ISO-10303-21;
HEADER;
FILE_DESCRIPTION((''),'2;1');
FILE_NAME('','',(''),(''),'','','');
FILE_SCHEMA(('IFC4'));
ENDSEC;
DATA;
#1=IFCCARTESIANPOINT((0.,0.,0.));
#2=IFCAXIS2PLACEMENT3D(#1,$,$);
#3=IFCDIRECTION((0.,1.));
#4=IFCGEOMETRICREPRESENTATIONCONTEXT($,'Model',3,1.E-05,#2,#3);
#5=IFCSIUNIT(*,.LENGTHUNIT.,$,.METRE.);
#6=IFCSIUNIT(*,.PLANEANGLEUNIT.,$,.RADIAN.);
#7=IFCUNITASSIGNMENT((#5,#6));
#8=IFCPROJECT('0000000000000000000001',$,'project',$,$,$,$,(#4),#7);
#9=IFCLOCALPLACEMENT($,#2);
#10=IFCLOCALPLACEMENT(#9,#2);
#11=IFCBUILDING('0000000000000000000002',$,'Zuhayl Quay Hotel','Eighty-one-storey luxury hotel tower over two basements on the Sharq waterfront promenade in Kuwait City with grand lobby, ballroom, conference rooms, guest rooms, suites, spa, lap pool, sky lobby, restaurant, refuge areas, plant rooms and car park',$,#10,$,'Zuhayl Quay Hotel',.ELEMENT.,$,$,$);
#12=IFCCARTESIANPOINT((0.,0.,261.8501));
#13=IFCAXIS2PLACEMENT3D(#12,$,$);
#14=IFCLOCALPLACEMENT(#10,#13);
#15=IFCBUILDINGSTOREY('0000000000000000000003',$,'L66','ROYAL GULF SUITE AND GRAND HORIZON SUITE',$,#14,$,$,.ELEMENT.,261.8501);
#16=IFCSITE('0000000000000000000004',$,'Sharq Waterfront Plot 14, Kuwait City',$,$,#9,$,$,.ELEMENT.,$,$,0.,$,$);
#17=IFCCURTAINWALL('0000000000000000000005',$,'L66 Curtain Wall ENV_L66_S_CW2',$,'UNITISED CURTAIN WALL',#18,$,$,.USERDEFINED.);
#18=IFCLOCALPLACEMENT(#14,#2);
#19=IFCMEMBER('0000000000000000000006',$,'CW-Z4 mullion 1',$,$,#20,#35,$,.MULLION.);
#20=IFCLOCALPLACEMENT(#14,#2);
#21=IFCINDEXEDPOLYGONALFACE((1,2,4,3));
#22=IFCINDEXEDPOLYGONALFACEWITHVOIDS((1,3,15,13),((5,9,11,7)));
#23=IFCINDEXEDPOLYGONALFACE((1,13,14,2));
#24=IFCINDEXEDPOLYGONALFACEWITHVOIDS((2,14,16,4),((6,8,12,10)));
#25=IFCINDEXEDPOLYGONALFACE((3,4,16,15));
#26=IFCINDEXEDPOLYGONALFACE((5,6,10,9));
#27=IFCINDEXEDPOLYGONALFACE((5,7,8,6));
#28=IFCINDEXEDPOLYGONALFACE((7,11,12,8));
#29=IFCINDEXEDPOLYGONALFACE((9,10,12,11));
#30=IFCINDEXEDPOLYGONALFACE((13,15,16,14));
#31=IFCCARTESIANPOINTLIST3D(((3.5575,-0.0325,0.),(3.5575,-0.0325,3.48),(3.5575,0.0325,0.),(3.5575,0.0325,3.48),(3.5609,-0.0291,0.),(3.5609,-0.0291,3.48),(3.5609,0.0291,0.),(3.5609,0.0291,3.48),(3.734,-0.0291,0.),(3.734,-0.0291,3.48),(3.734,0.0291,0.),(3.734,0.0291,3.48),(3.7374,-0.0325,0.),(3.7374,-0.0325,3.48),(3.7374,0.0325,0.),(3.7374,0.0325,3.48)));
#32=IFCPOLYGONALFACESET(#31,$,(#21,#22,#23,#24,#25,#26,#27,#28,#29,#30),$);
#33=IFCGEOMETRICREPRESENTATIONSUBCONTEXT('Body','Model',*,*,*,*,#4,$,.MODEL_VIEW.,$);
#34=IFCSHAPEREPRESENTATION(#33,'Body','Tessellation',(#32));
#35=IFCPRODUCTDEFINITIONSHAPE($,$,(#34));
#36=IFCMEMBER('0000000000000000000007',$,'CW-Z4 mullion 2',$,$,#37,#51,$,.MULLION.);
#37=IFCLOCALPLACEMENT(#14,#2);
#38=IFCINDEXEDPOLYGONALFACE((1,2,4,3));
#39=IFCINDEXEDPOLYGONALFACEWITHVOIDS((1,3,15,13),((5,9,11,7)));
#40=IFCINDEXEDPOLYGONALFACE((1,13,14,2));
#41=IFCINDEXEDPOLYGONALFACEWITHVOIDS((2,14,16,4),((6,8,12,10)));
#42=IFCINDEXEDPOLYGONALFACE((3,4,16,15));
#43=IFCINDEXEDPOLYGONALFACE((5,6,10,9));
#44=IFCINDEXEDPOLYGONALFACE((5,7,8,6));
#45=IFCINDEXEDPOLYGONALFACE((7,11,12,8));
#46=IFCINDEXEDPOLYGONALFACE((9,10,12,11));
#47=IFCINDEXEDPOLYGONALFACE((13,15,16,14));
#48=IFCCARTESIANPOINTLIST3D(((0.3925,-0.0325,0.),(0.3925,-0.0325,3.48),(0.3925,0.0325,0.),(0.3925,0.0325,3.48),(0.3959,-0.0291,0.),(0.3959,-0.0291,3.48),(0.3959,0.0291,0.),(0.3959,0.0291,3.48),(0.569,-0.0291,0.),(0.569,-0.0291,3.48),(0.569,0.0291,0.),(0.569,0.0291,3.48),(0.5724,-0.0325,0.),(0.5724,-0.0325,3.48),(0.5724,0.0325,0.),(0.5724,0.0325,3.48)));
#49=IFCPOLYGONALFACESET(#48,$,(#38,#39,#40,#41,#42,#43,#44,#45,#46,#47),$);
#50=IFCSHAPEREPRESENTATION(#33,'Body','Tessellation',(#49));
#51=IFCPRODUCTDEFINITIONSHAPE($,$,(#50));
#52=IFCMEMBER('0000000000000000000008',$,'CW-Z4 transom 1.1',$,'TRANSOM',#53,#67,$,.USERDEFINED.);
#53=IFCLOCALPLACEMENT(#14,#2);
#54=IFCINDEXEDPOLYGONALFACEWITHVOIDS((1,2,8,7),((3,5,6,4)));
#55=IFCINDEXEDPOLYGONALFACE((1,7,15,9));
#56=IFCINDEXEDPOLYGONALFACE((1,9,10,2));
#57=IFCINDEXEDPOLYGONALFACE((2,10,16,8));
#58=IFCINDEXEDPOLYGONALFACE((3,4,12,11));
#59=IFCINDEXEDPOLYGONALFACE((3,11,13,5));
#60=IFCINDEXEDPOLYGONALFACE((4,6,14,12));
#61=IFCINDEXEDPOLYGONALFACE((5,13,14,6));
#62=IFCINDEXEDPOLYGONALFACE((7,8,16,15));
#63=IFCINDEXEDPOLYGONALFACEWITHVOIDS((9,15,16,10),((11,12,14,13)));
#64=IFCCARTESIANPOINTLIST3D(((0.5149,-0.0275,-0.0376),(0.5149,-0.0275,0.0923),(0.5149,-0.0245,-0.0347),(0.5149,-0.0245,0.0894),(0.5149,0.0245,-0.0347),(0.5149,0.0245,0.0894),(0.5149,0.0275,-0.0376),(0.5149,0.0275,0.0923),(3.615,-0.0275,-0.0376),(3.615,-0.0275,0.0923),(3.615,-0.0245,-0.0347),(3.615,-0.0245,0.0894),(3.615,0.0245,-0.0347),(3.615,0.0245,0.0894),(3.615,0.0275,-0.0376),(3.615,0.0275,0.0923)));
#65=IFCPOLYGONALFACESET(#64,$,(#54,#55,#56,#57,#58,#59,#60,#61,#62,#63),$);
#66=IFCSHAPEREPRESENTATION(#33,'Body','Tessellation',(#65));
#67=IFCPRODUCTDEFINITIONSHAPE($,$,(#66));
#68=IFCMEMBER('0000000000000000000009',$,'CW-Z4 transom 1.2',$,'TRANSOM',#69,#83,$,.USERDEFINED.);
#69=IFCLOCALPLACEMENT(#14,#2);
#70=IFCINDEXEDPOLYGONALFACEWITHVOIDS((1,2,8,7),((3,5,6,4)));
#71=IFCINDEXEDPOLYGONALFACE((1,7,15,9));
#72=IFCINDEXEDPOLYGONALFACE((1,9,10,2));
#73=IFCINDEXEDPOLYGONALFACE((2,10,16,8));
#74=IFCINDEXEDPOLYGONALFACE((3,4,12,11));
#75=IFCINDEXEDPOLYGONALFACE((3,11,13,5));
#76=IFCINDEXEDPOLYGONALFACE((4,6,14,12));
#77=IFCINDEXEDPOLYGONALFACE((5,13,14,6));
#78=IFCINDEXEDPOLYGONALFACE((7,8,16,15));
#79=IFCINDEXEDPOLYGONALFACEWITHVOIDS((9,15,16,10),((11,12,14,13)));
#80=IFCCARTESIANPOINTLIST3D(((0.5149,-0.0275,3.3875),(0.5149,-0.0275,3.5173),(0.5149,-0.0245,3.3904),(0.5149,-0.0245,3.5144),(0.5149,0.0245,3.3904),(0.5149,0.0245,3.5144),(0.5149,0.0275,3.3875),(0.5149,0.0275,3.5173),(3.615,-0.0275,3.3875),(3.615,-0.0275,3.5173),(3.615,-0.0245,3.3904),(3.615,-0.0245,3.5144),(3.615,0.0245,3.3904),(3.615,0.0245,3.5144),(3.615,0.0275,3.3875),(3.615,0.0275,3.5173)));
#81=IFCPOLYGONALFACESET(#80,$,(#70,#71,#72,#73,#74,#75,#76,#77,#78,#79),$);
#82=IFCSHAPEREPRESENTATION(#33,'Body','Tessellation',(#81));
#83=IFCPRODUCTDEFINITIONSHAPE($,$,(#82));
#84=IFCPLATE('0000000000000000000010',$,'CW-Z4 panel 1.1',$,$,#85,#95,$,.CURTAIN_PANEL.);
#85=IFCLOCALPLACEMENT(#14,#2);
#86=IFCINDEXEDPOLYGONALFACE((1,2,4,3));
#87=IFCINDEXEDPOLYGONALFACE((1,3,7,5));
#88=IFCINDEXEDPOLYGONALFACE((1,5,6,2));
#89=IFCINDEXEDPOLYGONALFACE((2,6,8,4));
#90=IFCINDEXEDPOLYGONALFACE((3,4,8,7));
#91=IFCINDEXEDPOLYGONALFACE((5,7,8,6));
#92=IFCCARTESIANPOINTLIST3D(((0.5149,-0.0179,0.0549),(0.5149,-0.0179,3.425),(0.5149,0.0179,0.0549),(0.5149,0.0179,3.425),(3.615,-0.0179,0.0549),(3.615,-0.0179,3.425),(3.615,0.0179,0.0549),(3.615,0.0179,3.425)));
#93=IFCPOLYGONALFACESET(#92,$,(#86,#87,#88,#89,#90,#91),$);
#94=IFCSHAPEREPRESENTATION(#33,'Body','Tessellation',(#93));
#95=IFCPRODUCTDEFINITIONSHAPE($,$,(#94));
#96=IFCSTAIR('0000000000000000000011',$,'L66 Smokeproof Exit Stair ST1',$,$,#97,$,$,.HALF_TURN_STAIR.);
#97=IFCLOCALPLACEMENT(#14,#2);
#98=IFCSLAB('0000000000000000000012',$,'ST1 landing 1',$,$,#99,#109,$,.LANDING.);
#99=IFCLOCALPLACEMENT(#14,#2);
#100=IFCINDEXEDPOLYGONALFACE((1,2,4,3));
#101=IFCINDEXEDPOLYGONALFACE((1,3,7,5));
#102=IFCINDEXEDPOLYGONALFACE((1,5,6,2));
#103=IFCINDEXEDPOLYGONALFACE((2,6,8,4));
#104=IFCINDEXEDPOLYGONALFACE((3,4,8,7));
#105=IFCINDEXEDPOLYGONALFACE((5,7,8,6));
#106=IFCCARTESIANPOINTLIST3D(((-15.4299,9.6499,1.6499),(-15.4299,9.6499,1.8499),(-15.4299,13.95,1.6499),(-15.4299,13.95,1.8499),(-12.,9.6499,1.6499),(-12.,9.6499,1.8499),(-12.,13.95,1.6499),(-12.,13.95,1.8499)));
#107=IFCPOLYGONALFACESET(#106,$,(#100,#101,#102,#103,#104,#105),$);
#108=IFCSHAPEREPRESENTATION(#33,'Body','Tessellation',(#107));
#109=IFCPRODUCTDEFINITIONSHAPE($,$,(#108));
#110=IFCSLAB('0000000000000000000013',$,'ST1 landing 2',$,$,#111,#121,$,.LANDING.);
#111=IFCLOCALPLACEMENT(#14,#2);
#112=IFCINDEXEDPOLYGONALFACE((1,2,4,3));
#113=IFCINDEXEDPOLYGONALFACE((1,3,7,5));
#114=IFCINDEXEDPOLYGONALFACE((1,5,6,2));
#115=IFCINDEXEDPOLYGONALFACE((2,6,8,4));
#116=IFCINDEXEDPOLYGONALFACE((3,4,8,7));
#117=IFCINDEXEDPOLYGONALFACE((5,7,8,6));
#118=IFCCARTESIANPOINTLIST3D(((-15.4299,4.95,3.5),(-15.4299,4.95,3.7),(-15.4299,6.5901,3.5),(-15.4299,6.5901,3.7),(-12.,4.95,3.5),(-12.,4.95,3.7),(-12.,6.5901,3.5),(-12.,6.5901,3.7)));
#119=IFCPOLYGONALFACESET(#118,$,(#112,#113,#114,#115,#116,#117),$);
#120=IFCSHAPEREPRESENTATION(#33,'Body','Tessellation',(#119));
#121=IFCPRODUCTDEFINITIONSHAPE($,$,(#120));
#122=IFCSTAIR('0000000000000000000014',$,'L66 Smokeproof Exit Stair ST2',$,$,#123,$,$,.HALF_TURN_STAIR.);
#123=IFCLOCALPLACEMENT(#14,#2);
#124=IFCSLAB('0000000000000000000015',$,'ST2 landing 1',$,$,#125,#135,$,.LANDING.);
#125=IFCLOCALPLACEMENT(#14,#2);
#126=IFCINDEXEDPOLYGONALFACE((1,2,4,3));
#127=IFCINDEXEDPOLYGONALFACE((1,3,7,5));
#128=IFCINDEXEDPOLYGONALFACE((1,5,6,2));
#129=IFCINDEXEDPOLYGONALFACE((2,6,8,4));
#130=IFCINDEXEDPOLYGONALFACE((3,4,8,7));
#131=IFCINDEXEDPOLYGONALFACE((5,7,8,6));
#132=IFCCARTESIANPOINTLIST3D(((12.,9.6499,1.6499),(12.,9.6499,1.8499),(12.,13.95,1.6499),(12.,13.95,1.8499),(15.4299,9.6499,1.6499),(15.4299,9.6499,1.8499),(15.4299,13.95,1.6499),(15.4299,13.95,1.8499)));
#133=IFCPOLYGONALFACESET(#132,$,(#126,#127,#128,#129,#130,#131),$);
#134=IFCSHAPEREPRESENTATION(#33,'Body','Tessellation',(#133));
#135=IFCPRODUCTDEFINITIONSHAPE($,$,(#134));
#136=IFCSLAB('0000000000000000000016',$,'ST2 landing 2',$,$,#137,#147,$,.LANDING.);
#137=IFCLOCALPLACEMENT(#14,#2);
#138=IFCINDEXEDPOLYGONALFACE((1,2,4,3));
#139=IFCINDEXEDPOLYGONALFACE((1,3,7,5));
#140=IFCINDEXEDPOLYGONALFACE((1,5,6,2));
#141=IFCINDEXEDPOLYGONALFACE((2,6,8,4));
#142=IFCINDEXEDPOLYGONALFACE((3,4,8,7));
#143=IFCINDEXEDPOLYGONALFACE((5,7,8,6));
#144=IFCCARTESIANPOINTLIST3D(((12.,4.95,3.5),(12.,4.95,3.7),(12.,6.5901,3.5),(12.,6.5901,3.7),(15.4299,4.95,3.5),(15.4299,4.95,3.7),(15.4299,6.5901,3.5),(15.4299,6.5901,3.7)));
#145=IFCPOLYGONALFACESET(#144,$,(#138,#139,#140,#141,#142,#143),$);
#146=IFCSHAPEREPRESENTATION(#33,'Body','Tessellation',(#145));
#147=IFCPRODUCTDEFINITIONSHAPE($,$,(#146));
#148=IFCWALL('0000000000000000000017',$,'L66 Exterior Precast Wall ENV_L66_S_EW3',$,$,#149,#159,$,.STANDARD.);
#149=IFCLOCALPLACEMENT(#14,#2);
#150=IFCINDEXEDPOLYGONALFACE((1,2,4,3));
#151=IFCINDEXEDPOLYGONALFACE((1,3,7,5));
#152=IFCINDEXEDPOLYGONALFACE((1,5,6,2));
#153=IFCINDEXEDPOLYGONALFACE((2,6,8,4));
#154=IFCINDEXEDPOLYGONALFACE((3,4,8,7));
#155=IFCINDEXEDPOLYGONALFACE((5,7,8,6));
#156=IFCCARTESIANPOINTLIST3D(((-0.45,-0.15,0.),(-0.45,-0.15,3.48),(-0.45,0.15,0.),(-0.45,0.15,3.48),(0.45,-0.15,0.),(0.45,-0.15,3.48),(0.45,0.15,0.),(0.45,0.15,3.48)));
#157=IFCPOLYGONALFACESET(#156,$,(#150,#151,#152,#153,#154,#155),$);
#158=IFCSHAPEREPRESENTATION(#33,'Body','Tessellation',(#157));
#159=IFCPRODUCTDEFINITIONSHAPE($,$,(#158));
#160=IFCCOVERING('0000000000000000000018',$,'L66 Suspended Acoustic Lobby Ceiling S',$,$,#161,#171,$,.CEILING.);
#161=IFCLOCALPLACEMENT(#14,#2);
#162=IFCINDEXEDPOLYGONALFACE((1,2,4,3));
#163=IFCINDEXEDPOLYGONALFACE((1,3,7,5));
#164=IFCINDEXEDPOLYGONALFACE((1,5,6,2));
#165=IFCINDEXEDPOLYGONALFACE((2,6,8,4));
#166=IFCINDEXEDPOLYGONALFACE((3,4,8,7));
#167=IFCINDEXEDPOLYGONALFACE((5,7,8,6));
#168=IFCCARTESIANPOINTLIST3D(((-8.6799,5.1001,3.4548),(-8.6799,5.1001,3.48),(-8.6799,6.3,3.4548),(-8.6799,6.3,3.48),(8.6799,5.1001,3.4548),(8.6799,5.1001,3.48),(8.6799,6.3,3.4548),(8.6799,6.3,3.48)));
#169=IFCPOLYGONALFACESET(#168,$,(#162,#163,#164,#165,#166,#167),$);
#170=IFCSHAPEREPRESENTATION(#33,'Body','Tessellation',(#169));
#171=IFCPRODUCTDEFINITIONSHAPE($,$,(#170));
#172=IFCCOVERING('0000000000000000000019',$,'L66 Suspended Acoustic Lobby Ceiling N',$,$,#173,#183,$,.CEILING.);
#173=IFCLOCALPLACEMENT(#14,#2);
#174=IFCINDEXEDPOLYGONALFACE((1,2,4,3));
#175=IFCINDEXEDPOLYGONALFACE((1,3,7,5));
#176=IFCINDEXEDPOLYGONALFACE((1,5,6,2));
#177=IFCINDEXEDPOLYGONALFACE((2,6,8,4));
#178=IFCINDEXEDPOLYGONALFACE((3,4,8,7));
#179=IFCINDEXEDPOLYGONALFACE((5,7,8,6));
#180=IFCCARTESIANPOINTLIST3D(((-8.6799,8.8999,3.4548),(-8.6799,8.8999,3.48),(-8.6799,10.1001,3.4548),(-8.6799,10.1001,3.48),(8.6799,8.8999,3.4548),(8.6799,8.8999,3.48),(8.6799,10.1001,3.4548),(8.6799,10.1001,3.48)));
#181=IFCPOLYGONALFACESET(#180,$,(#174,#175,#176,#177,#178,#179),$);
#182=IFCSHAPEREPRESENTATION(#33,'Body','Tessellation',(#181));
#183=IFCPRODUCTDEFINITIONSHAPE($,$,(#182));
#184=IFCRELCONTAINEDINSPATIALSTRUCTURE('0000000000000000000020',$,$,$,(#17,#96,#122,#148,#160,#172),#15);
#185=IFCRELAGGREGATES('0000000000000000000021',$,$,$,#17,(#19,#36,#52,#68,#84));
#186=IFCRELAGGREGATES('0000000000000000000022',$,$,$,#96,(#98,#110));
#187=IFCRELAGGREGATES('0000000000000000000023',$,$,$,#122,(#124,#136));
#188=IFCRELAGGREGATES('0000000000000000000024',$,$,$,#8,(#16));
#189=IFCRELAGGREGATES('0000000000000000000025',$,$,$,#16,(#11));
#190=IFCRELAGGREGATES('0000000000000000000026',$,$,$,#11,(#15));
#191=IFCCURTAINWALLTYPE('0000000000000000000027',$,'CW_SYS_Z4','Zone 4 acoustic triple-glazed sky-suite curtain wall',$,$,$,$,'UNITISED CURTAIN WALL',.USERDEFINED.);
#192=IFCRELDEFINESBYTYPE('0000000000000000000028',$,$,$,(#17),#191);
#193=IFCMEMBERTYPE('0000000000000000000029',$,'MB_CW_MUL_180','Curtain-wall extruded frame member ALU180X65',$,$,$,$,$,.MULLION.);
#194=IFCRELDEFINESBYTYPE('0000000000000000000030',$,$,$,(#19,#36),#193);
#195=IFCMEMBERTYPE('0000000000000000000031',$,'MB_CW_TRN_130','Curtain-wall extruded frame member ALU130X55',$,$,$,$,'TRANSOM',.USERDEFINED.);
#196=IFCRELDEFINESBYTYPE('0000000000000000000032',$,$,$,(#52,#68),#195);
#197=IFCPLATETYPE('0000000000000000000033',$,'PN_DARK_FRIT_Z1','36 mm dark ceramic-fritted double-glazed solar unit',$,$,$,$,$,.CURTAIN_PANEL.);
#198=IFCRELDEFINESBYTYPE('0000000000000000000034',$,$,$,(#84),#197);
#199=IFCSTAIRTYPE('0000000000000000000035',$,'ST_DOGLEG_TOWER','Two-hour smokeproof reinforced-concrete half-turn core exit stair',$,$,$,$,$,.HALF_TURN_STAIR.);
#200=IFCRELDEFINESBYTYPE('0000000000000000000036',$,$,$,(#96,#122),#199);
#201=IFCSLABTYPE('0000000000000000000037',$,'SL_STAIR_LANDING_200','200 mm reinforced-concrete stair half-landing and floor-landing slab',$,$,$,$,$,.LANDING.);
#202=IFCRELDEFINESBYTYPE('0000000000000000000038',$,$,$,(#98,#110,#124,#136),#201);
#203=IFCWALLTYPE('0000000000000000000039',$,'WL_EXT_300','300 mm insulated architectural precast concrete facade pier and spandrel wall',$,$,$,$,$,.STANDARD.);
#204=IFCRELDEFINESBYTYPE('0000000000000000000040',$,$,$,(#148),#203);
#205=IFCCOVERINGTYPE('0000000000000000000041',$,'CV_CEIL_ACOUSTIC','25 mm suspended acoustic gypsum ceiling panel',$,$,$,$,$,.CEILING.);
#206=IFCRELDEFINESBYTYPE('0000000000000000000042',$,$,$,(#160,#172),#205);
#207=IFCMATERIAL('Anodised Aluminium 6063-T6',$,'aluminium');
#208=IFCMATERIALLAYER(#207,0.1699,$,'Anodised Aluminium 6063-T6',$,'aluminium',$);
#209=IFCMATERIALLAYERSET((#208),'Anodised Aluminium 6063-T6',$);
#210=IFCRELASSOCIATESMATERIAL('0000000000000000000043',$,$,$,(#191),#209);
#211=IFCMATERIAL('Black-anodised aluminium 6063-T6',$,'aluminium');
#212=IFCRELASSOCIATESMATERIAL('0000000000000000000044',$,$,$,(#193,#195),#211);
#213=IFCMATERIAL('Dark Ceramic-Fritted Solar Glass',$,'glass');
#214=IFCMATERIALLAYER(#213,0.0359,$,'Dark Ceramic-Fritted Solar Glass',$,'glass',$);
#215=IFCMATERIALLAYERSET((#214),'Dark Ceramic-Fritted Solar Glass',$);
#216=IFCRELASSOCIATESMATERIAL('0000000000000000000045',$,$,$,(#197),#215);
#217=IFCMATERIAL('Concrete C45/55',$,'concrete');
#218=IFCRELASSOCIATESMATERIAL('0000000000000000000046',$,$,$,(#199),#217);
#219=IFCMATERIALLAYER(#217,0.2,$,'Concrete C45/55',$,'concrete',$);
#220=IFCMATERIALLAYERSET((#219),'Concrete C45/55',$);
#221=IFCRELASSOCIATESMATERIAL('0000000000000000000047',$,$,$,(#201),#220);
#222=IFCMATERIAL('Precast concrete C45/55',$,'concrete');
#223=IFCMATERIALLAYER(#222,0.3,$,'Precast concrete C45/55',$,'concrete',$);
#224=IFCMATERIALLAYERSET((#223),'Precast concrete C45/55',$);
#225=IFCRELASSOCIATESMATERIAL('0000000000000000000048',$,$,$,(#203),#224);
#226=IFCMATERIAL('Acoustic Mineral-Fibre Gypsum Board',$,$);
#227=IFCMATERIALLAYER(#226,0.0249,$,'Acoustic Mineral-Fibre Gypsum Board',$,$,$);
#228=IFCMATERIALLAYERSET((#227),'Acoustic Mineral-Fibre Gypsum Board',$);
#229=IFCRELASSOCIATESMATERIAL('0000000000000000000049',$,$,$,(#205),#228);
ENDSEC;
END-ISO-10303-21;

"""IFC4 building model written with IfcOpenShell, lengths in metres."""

from ifc_helpers import new_model, si_unit, direction, frame, frame_2d, origin, origin_2d, place, context, subcontext, project, spatial, polyline, rectangle, hollow_rectangle, outline, extrude, material, layer, layer_set, material_profile, profile_set, type_object, element, aggregate, save


model = new_model("IFC4")

# Units and contexts
model_context = context("Model", 3, precision=1e-05, world=origin(), true_north=direction((0.0, 1.0)))
body_context = subcontext(model_context, "Body", "Model", "MODEL_VIEW")
ifc_project = project(units=[si_unit("LENGTHUNIT", "METRE"), si_unit("PLANEANGLEUNIT", "RADIAN")], contexts=[model_context])

# Site, building, storey
site_placement = place(None, origin())
site = spatial("IfcSite", under=ifc_project, at=site_placement, Name="Sharq Waterfront Plot 14, Kuwait City", CompositionType="ELEMENT", RefElevation=0.0)
building_placement = place(site_placement, origin())
building = spatial("IfcBuilding", under=site, at=building_placement, Name="Zuhayl Quay Hotel", Description="Eighty-one-storey luxury hotel tower over two basements on the Sharq waterfront promenade in Kuwait City with grand lobby, ballroom, conference rooms, guest rooms, suites, spa, lap pool, sky lobby, restaurant, refuge areas, plant rooms and car park", LongName="Zuhayl Quay Hotel", CompositionType="ELEMENT")
storey_placement = place(building_placement, frame((0.0, 0.0, 261.8501)))
storey = spatial("IfcBuildingStorey", under=building, at=storey_placement, Name="L66", Description="ROYAL GULF SUITE AND GRAND HORIZON SUITE", CompositionType="ELEMENT", Elevation=261.8501)

# Curtain wall, members, plate
ifc_material_1 = material(Name="Anodised Aluminium 6063-T6", Category="aluminium")
ifc_layer_1 = layer(ifc_material_1, 0.1699, Name="Anodised Aluminium 6063-T6", Category="aluminium")
ifc_layer_set_1 = layer_set([ifc_layer_1], Name="Anodised Aluminium 6063-T6")
curtain_wall_type = type_object("IfcCurtainWallType", Name="CW_SYS_Z4", Description="Zone 4 acoustic triple-glazed sky-suite curtain wall", ElementType="UNITISED CURTAIN WALL", PredefinedType="USERDEFINED", material=ifc_layer_set_1)
curtain_wall_placement = place(storey_placement, origin())
curtain_wall = element("IfcCurtainWall", 1, at=curtain_wall_placement, inside=storey, type_object=curtain_wall_type, Name="L66 Curtain Wall ENV_L66_S_CW2", ObjectType="UNITISED CURTAIN WALL", PredefinedType="USERDEFINED")
ifc_material_2 = material(Name="Black-anodised aluminium 6063-T6", Category="aluminium")
ifc_material_profile_1 = material_profile(ifc_material_2, hollow_rectangle(XDim=0.0649, YDim=0.1799, WallThickness=0.0034, at=origin_2d()), Name="ALU180X65")
ifc_profile_set_1 = profile_set([ifc_material_profile_1], Name="Black-anodised aluminium 6063-T6")
member_type_1 = type_object("IfcMemberType", Name="MB_CW_MUL_180", Description="Curtain-wall extruded frame member ALU180X65", PredefinedType="MULLION", material=ifc_profile_set_1)
member_1_placement = place(storey_placement, frame((3.6475, 0.0, 0.0), z_axis=(0.0, 0.0, 1.0), x_axis=(0.0, -1.0, 0.0)))
member_1 = element("IfcMember", 2, at=member_1_placement, type_object=member_type_1, Name="CW-Z4 mullion 1", PredefinedType="MULLION", context=body_context, shape_type="SweptSolid", body=[
    extrude(hollow_rectangle(XDim=0.0649, YDim=0.1799, WallThickness=0.0034, at=origin_2d()), origin(), (0.0, 0.0, 1.0), 3.48),
])
member_2_placement = place(storey_placement, frame((0.4824, 0.0, 0.0), z_axis=(0.0, 0.0, 1.0), x_axis=(0.0, -1.0, 0.0)))
member_2 = element("IfcMember", 3, at=member_2_placement, type_object=member_type_1, Name="CW-Z4 mullion 2", PredefinedType="MULLION", context=body_context, shape_type="SweptSolid", body=[
    extrude(hollow_rectangle(XDim=0.0649, YDim=0.1799, WallThickness=0.0034, at=origin_2d()), origin(), (0.0, 0.0, 1.0), 3.48),
])
ifc_material_profile_2 = material_profile(ifc_material_2, hollow_rectangle(XDim=0.0549, YDim=0.1299, WallThickness=0.0029, at=origin_2d()), Name="ALU130X55")
ifc_profile_set_2 = profile_set([ifc_material_profile_2], Name="Black-anodised aluminium 6063-T6")
member_type_2 = type_object("IfcMemberType", Name="MB_CW_TRN_130", Description="Curtain-wall extruded frame member ALU130X55", ElementType="TRANSOM", PredefinedType="USERDEFINED", material=ifc_profile_set_2)
member_3_placement = place(storey_placement, frame((3.615, 0.0, 0.0273), z_axis=(-1.0, 0.0, 0.0), x_axis=(0.0, -1.0, 0.0)))
member_3 = element("IfcMember", 4, at=member_3_placement, type_object=member_type_2, Name="CW-Z4 transom 1.1", ObjectType="TRANSOM", PredefinedType="USERDEFINED", context=body_context, shape_type="SweptSolid", body=[
    extrude(hollow_rectangle(XDim=0.0549, YDim=0.1299, WallThickness=0.0029, at=origin_2d()), origin(), (0.0, 0.0, 1.0), 3.1001),
])
member_4_placement = place(storey_placement, frame((3.615, 0.0, 3.4524), z_axis=(-1.0, 0.0, 0.0), x_axis=(0.0, -1.0, 0.0)))
member_4 = element("IfcMember", 5, at=member_4_placement, type_object=member_type_2, Name="CW-Z4 transom 1.2", ObjectType="TRANSOM", PredefinedType="USERDEFINED", context=body_context, shape_type="SweptSolid", body=[
    extrude(hollow_rectangle(XDim=0.0549, YDim=0.1299, WallThickness=0.0029, at=origin_2d()), origin(), (0.0, 0.0, 1.0), 3.1001),
])
ifc_material_3 = material(Name="Dark Ceramic-Fritted Solar Glass", Category="glass")
ifc_layer_2 = layer(ifc_material_3, 0.0359, Name="Dark Ceramic-Fritted Solar Glass", Category="glass")
ifc_layer_set_2 = layer_set([ifc_layer_2], Name="Dark Ceramic-Fritted Solar Glass")
plate_type = type_object("IfcPlateType", Name="PN_DARK_FRIT_Z1", Description="36 mm dark ceramic-fritted double-glazed solar unit", PredefinedType="CURTAIN_PANEL", material=ifc_layer_set_2)
plate_placement = place(storey_placement, frame((2.0649, 0.0, 0.0549), z_axis=(0.0, 0.0, 1.0), x_axis=(-1.0, 0.0, 0.0)))
plate = element("IfcPlate", 6, at=plate_placement, type_object=plate_type, Name="CW-Z4 panel 1.1", PredefinedType="CURTAIN_PANEL", context=body_context, shape_type="SweptSolid", body=[
    extrude(rectangle(XDim=3.1001, YDim=0.0359, at=origin_2d()), origin(), (0.0, 0.0, 1.0), 3.3701),
])
aggregate(curtain_wall, [member_1, member_2, member_3, member_4, plate])

# Stairs, slabs
ifc_material_4 = material(Name="Concrete C45/55", Category="concrete")
stair_type = type_object("IfcStairType", Name="ST_DOGLEG_TOWER", Description="Two-hour smokeproof reinforced-concrete half-turn core exit stair", PredefinedType="HALF_TURN_STAIR", material=ifc_material_4)
stair_1_placement = place(storey_placement, origin())
stair_1 = element("IfcStair", 7, at=stair_1_placement, inside=storey, type_object=stair_type, Name="L66 Smokeproof Exit Stair ST1", PredefinedType="HALF_TURN_STAIR")
ifc_layer_3 = layer(ifc_material_4, 0.2, Name="Concrete C45/55", Category="concrete")
ifc_layer_set_3 = layer_set([ifc_layer_3], Name="Concrete C45/55")
slab_type = type_object("IfcSlabType", Name="SL_STAIR_LANDING_200", Description="200 mm reinforced-concrete stair half-landing and floor-landing slab", PredefinedType="LANDING", material=ifc_layer_set_3)
slab_1_placement = place(storey_placement, frame((0.0, 0.0, 1.6499)))
slab_1 = element("IfcSlab", 8, at=slab_1_placement, type_object=slab_type, Name="ST1 landing 1", PredefinedType="LANDING", context=body_context, shape_type="SweptSolid", body=[
    extrude(outline(polyline([(-12.0, 9.6499), (-12.0, 13.95), (-15.4299, 13.95), (-15.4299, 9.6499), (-12.0, 9.6499)])), origin(), (0.0, 0.0, 1.0), 0.2),
])
slab_2_placement = place(storey_placement, frame((0.0, 0.0, 3.5)))
slab_2 = element("IfcSlab", 9, at=slab_2_placement, type_object=slab_type, Name="ST1 landing 2", PredefinedType="LANDING", context=body_context, shape_type="SweptSolid", body=[
    extrude(outline(polyline([(-12.0, 4.95), (-12.0, 6.5901), (-15.4299, 6.5901), (-15.4299, 4.95), (-12.0, 4.95)])), origin(), (0.0, 0.0, 1.0), 0.2),
])
aggregate(stair_1, [slab_1, slab_2])
stair_2_placement = place(storey_placement, origin())
stair_2 = element("IfcStair", 10, at=stair_2_placement, inside=storey, type_object=stair_type, Name="L66 Smokeproof Exit Stair ST2", PredefinedType="HALF_TURN_STAIR")
slab_3_placement = place(storey_placement, frame((0.0, 0.0, 1.6499)))
slab_3 = element("IfcSlab", 11, at=slab_3_placement, type_object=slab_type, Name="ST2 landing 1", PredefinedType="LANDING", context=body_context, shape_type="SweptSolid", body=[
    extrude(outline(polyline([(15.4299, 9.6499), (15.4299, 13.95), (12.0, 13.95), (12.0, 9.6499), (15.4299, 9.6499)])), origin(), (0.0, 0.0, 1.0), 0.2),
])
slab_4_placement = place(storey_placement, frame((0.0, 0.0, 3.5)))
slab_4 = element("IfcSlab", 12, at=slab_4_placement, type_object=slab_type, Name="ST2 landing 2", PredefinedType="LANDING", context=body_context, shape_type="SweptSolid", body=[
    extrude(outline(polyline([(15.4299, 4.95), (15.4299, 6.5901), (12.0, 6.5901), (12.0, 4.95), (15.4299, 4.95)])), origin(), (0.0, 0.0, 1.0), 0.2),
])
aggregate(stair_2, [slab_3, slab_4])

# Wall
ifc_material_5 = material(Name="Precast concrete C45/55", Category="concrete")
ifc_layer_4 = layer(ifc_material_5, 0.3, Name="Precast concrete C45/55", Category="concrete")
ifc_layer_set_4 = layer_set([ifc_layer_4], Name="Precast concrete C45/55")
wall_type = type_object("IfcWallType", Name="WL_EXT_300", Description="300 mm insulated architectural precast concrete facade pier and spandrel wall", PredefinedType="STANDARD", material=ifc_layer_set_4)
wall_placement = place(storey_placement, frame((0.45, 0.0, 0.0), z_axis=(0.0, 0.0, 1.0), x_axis=(-1.0, 0.0, 0.0)))
element("IfcWall", 13, at=wall_placement, inside=storey, type_object=wall_type, Name="L66 Exterior Precast Wall ENV_L66_S_EW3", PredefinedType="STANDARD", context=body_context, shape_type="SweptSolid", body=[
    extrude(rectangle(XDim=0.8999, YDim=0.3, at=frame_2d((0.45, 0.0))), origin(), (0.0, 0.0, 1.0), 3.48),
])

# Coverings
ifc_material_6 = material(Name="Acoustic Mineral-Fibre Gypsum Board")
ifc_layer_5 = layer(ifc_material_6, 0.0249, Name="Acoustic Mineral-Fibre Gypsum Board")
ifc_layer_set_5 = layer_set([ifc_layer_5], Name="Acoustic Mineral-Fibre Gypsum Board")
covering_type_1 = type_object("IfcCoveringType", Name="CV_CEIL_ACOUSTIC", Description="25 mm suspended acoustic gypsum ceiling panel", PredefinedType="CEILING", material=ifc_layer_set_5)
covering_1_placement = place(storey_placement, frame((0.0, 0.0, 3.4548)))
element("IfcCovering", 14, at=covering_1_placement, inside=storey, type_object=covering_type_1, Name="L66 Suspended Acoustic Lobby Ceiling S", PredefinedType="CEILING", context=body_context, shape_type="SweptSolid", body=[
    extrude(outline(polyline([(-8.6799, 5.1001), (8.6799, 5.1001), (8.6799, 6.3), (-8.6799, 6.3), (-8.6799, 5.1001)])), origin(), (0.0, 0.0, 1.0), 0.0251),
])
covering_2_placement = place(storey_placement, frame((0.0, 0.0, 3.4548)))
element("IfcCovering", 15, at=covering_2_placement, inside=storey, type_object=covering_type_1, Name="L66 Suspended Acoustic Lobby Ceiling N", PredefinedType="CEILING", context=body_context, shape_type="SweptSolid", body=[
    extrude(outline(polyline([(-8.6799, 8.8999), (8.6799, 8.8999), (8.6799, 10.1001), (-8.6799, 10.1001), (-8.6799, 8.8999)])), origin(), (0.0, 0.0, 1.0), 0.0251),
])

save(model, "model.ifc")
